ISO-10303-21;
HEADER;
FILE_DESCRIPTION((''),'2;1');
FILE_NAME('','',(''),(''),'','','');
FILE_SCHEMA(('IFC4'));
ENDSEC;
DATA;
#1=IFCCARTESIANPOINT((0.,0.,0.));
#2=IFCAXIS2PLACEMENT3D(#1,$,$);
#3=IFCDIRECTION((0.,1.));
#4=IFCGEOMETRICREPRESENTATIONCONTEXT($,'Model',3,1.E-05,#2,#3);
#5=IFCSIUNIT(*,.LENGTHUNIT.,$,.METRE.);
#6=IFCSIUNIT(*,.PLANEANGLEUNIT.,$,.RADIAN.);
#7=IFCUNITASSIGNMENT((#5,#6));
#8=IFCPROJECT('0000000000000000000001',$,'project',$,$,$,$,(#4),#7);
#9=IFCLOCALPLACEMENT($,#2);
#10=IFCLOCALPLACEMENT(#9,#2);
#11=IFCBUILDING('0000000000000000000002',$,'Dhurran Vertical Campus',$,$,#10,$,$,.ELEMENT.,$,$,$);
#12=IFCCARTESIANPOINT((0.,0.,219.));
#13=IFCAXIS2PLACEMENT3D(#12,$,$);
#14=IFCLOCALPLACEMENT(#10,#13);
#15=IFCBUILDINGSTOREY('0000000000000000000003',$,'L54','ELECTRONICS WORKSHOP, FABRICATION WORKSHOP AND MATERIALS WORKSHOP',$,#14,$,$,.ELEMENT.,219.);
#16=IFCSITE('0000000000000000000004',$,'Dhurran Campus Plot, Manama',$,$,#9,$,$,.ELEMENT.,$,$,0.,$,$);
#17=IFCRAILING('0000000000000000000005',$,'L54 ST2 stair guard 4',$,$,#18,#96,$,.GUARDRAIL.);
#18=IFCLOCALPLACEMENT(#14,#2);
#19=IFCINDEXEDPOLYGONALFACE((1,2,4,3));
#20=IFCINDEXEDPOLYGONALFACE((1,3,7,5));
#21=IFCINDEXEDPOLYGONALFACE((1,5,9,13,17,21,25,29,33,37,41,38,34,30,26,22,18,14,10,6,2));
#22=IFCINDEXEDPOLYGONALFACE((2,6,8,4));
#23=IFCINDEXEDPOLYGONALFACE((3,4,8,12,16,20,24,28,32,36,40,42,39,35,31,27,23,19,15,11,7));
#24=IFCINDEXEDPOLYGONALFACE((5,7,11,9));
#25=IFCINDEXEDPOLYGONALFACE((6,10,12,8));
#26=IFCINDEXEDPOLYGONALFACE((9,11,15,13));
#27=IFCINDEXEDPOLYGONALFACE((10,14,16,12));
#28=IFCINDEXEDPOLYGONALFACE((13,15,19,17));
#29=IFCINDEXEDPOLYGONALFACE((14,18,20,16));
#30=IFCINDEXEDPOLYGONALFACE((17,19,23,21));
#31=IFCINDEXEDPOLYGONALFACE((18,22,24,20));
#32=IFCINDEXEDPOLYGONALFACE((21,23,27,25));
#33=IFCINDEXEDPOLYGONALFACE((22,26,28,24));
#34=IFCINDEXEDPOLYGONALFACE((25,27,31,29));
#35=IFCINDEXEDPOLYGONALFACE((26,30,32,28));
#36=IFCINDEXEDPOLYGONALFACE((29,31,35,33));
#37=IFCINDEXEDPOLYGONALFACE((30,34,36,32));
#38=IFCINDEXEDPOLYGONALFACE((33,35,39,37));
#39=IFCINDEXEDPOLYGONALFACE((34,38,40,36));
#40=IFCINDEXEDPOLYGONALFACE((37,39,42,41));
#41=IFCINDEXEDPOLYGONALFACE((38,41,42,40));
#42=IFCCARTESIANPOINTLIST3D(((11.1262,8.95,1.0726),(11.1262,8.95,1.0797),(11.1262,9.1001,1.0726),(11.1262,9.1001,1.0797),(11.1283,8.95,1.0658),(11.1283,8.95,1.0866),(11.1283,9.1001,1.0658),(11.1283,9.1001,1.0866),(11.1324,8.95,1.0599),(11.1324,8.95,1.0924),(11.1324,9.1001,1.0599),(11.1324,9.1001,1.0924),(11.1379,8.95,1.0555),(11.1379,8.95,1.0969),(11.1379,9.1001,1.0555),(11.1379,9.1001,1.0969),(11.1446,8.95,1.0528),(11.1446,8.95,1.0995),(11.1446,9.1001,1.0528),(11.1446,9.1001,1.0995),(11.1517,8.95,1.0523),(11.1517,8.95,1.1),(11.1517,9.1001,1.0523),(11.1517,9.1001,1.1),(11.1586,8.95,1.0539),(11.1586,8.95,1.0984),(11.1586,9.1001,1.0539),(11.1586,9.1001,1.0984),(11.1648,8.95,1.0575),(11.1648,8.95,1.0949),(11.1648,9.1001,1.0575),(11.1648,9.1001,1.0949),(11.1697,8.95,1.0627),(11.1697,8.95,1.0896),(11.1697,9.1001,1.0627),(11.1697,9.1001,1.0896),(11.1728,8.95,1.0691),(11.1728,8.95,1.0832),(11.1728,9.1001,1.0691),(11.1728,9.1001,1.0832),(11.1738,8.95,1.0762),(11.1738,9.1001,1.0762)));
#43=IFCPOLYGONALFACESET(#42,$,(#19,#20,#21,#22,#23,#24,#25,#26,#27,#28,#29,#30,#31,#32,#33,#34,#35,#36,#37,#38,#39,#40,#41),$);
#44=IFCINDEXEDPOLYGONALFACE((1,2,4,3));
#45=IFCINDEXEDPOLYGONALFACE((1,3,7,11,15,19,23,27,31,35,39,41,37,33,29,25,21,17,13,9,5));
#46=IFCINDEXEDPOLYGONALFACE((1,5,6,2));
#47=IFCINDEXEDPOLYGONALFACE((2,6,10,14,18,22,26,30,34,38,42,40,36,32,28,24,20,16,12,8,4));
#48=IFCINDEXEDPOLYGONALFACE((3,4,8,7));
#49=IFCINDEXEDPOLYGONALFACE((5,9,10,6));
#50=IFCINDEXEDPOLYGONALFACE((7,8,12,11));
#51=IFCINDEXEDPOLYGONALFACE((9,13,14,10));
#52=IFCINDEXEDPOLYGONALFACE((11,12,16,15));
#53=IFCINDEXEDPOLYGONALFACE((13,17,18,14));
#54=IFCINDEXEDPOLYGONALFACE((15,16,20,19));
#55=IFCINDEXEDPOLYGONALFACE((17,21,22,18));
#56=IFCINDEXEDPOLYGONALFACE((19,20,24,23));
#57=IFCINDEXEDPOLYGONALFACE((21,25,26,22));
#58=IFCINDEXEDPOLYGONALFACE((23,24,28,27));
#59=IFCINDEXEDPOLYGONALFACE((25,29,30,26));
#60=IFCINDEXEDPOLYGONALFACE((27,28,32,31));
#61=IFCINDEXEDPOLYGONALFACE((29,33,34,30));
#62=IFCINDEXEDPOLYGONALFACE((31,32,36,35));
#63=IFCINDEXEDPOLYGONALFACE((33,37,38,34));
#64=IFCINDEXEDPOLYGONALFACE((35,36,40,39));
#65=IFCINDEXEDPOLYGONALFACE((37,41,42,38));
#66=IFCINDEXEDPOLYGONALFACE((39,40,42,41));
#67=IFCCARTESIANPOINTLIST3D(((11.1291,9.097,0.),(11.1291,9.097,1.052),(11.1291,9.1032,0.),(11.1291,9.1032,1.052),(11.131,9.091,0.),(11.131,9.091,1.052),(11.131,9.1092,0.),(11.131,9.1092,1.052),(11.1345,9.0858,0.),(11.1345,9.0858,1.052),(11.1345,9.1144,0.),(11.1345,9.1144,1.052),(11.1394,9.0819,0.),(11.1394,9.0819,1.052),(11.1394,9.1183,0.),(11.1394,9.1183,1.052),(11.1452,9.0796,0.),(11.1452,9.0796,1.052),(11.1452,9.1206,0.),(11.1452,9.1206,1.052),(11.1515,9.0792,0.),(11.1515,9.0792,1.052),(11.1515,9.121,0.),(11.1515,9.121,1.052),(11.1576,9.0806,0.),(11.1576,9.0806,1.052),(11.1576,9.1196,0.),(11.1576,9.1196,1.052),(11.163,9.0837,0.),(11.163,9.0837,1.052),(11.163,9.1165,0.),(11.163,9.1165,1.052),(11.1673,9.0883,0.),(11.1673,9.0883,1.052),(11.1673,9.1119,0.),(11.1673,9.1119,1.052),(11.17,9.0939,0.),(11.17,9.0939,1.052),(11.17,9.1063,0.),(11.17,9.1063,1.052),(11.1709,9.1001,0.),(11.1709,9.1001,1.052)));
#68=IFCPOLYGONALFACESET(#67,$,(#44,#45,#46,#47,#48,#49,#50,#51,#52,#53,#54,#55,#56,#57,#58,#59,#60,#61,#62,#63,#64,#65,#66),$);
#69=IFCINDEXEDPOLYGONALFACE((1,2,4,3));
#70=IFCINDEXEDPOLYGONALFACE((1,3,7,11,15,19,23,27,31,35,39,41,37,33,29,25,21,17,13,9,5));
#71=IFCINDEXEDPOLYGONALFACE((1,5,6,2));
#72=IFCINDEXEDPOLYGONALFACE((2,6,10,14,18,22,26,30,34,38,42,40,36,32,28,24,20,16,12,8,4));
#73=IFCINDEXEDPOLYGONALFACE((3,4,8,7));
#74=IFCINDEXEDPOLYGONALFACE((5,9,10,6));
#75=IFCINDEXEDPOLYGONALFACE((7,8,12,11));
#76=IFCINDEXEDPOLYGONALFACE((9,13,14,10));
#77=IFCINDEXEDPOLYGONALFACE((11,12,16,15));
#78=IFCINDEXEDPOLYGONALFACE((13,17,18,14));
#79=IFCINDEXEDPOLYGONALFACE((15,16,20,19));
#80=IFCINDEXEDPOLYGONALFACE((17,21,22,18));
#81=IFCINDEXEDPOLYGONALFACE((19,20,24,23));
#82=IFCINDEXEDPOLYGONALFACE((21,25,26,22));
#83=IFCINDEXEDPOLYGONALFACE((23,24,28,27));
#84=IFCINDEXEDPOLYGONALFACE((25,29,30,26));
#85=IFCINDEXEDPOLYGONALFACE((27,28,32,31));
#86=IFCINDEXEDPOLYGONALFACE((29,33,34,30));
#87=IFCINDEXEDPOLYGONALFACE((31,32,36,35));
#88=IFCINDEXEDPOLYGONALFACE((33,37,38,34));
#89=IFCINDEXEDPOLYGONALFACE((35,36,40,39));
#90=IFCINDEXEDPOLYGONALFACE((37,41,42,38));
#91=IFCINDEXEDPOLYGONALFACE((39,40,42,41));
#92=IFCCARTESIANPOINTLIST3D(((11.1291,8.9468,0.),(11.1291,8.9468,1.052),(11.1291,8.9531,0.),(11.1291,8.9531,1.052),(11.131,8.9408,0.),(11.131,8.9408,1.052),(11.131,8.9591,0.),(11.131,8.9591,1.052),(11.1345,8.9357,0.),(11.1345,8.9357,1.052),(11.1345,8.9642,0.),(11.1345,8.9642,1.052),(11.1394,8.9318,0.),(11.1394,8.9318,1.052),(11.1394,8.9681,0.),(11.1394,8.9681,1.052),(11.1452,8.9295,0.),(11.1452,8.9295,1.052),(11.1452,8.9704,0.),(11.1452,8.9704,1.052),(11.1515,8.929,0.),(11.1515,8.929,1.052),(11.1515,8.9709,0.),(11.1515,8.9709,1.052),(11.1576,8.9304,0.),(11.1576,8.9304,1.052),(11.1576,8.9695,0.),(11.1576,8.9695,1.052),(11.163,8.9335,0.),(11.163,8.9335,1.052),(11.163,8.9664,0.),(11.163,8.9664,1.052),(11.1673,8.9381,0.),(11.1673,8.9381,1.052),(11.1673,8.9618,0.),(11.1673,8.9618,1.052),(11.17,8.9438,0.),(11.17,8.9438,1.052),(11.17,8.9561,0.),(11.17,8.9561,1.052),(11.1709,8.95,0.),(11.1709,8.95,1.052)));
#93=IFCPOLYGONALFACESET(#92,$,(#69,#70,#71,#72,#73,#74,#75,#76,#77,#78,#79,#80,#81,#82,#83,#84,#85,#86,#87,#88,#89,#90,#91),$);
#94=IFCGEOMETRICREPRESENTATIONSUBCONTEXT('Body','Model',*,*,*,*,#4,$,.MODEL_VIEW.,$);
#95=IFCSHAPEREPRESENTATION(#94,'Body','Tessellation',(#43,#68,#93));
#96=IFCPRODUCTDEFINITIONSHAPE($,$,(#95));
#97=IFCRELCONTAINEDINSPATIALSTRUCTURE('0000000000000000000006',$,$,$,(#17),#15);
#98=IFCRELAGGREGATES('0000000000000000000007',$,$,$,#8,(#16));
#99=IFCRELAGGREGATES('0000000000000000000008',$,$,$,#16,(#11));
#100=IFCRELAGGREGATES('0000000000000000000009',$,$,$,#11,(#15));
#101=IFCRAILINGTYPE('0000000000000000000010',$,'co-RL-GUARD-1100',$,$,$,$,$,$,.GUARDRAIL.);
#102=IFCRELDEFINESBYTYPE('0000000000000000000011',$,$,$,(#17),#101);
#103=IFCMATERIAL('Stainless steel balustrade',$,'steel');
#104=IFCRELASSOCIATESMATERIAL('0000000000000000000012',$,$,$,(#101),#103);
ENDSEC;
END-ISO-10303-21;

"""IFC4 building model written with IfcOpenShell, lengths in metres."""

from ifc_helpers import new_model, si_unit, direction, frame, origin, origin_2d, place, context, subcontext, project, spatial, circle, extrude, material, type_object, element, save


model = new_model("IFC4")

# Units and contexts
model_context = context("Model", 3, precision=1e-05, world=origin(), true_north=direction((0.0, 1.0)))
body_context = subcontext(model_context, "Body", "Model", "MODEL_VIEW")
ifc_project = project(units=[si_unit("LENGTHUNIT", "METRE"), si_unit("PLANEANGLEUNIT", "RADIAN")], contexts=[model_context])

# Site, building, storey
site_placement = place(None, origin())
site = spatial("IfcSite", under=ifc_project, at=site_placement, Name="Dhurran Campus Plot, Manama", CompositionType="ELEMENT", RefElevation=0.0)
building_placement = place(site_placement, origin())
building = spatial("IfcBuilding", under=site, at=building_placement, Name="Dhurran Vertical Campus", CompositionType="ELEMENT")
storey_placement = place(building_placement, frame((0.0, 0.0, 219.0)))
storey = spatial("IfcBuildingStorey", under=building, at=storey_placement, Name="L54", Description="ELECTRONICS WORKSHOP, FABRICATION WORKSHOP AND MATERIALS WORKSHOP", CompositionType="ELEMENT", Elevation=219.0)

# Railing
ifc_material_1 = material(Name="Stainless steel balustrade", Category="steel")
railing_type_1 = type_object("IfcRailingType", Name="co-RL-GUARD-1100", PredefinedType="GUARDRAIL", material=ifc_material_1)
railing_1_placement = place(storey_placement, frame((11.1499, 9.1001, 0.0)))
element("IfcRailing", 1, at=railing_1_placement, inside=storey, type_object=railing_type_1, Name="L54 ST2 stair guard 4", PredefinedType="GUARDRAIL", context=body_context, shape_type="SweptSolid", body=[
    extrude(circle(Radius=0.0239, at=origin_2d()), frame((0.0, 0.0, 1.0762), z_axis=(0.0, -1.0, 0.0), x_axis=(1.0, 0.0, 0.0)), (0.0, 0.0, 1.0), 0.1501),
    extrude(circle(Radius=0.021, at=origin_2d()), origin(), (0.0, 0.0, 1.0), 1.052),
    extrude(circle(Radius=0.021, at=origin_2d()), frame((0.0, -0.1501, 0.0)), (0.0, 0.0, 1.0), 1.052),
])

save(model, "model.ifc")
